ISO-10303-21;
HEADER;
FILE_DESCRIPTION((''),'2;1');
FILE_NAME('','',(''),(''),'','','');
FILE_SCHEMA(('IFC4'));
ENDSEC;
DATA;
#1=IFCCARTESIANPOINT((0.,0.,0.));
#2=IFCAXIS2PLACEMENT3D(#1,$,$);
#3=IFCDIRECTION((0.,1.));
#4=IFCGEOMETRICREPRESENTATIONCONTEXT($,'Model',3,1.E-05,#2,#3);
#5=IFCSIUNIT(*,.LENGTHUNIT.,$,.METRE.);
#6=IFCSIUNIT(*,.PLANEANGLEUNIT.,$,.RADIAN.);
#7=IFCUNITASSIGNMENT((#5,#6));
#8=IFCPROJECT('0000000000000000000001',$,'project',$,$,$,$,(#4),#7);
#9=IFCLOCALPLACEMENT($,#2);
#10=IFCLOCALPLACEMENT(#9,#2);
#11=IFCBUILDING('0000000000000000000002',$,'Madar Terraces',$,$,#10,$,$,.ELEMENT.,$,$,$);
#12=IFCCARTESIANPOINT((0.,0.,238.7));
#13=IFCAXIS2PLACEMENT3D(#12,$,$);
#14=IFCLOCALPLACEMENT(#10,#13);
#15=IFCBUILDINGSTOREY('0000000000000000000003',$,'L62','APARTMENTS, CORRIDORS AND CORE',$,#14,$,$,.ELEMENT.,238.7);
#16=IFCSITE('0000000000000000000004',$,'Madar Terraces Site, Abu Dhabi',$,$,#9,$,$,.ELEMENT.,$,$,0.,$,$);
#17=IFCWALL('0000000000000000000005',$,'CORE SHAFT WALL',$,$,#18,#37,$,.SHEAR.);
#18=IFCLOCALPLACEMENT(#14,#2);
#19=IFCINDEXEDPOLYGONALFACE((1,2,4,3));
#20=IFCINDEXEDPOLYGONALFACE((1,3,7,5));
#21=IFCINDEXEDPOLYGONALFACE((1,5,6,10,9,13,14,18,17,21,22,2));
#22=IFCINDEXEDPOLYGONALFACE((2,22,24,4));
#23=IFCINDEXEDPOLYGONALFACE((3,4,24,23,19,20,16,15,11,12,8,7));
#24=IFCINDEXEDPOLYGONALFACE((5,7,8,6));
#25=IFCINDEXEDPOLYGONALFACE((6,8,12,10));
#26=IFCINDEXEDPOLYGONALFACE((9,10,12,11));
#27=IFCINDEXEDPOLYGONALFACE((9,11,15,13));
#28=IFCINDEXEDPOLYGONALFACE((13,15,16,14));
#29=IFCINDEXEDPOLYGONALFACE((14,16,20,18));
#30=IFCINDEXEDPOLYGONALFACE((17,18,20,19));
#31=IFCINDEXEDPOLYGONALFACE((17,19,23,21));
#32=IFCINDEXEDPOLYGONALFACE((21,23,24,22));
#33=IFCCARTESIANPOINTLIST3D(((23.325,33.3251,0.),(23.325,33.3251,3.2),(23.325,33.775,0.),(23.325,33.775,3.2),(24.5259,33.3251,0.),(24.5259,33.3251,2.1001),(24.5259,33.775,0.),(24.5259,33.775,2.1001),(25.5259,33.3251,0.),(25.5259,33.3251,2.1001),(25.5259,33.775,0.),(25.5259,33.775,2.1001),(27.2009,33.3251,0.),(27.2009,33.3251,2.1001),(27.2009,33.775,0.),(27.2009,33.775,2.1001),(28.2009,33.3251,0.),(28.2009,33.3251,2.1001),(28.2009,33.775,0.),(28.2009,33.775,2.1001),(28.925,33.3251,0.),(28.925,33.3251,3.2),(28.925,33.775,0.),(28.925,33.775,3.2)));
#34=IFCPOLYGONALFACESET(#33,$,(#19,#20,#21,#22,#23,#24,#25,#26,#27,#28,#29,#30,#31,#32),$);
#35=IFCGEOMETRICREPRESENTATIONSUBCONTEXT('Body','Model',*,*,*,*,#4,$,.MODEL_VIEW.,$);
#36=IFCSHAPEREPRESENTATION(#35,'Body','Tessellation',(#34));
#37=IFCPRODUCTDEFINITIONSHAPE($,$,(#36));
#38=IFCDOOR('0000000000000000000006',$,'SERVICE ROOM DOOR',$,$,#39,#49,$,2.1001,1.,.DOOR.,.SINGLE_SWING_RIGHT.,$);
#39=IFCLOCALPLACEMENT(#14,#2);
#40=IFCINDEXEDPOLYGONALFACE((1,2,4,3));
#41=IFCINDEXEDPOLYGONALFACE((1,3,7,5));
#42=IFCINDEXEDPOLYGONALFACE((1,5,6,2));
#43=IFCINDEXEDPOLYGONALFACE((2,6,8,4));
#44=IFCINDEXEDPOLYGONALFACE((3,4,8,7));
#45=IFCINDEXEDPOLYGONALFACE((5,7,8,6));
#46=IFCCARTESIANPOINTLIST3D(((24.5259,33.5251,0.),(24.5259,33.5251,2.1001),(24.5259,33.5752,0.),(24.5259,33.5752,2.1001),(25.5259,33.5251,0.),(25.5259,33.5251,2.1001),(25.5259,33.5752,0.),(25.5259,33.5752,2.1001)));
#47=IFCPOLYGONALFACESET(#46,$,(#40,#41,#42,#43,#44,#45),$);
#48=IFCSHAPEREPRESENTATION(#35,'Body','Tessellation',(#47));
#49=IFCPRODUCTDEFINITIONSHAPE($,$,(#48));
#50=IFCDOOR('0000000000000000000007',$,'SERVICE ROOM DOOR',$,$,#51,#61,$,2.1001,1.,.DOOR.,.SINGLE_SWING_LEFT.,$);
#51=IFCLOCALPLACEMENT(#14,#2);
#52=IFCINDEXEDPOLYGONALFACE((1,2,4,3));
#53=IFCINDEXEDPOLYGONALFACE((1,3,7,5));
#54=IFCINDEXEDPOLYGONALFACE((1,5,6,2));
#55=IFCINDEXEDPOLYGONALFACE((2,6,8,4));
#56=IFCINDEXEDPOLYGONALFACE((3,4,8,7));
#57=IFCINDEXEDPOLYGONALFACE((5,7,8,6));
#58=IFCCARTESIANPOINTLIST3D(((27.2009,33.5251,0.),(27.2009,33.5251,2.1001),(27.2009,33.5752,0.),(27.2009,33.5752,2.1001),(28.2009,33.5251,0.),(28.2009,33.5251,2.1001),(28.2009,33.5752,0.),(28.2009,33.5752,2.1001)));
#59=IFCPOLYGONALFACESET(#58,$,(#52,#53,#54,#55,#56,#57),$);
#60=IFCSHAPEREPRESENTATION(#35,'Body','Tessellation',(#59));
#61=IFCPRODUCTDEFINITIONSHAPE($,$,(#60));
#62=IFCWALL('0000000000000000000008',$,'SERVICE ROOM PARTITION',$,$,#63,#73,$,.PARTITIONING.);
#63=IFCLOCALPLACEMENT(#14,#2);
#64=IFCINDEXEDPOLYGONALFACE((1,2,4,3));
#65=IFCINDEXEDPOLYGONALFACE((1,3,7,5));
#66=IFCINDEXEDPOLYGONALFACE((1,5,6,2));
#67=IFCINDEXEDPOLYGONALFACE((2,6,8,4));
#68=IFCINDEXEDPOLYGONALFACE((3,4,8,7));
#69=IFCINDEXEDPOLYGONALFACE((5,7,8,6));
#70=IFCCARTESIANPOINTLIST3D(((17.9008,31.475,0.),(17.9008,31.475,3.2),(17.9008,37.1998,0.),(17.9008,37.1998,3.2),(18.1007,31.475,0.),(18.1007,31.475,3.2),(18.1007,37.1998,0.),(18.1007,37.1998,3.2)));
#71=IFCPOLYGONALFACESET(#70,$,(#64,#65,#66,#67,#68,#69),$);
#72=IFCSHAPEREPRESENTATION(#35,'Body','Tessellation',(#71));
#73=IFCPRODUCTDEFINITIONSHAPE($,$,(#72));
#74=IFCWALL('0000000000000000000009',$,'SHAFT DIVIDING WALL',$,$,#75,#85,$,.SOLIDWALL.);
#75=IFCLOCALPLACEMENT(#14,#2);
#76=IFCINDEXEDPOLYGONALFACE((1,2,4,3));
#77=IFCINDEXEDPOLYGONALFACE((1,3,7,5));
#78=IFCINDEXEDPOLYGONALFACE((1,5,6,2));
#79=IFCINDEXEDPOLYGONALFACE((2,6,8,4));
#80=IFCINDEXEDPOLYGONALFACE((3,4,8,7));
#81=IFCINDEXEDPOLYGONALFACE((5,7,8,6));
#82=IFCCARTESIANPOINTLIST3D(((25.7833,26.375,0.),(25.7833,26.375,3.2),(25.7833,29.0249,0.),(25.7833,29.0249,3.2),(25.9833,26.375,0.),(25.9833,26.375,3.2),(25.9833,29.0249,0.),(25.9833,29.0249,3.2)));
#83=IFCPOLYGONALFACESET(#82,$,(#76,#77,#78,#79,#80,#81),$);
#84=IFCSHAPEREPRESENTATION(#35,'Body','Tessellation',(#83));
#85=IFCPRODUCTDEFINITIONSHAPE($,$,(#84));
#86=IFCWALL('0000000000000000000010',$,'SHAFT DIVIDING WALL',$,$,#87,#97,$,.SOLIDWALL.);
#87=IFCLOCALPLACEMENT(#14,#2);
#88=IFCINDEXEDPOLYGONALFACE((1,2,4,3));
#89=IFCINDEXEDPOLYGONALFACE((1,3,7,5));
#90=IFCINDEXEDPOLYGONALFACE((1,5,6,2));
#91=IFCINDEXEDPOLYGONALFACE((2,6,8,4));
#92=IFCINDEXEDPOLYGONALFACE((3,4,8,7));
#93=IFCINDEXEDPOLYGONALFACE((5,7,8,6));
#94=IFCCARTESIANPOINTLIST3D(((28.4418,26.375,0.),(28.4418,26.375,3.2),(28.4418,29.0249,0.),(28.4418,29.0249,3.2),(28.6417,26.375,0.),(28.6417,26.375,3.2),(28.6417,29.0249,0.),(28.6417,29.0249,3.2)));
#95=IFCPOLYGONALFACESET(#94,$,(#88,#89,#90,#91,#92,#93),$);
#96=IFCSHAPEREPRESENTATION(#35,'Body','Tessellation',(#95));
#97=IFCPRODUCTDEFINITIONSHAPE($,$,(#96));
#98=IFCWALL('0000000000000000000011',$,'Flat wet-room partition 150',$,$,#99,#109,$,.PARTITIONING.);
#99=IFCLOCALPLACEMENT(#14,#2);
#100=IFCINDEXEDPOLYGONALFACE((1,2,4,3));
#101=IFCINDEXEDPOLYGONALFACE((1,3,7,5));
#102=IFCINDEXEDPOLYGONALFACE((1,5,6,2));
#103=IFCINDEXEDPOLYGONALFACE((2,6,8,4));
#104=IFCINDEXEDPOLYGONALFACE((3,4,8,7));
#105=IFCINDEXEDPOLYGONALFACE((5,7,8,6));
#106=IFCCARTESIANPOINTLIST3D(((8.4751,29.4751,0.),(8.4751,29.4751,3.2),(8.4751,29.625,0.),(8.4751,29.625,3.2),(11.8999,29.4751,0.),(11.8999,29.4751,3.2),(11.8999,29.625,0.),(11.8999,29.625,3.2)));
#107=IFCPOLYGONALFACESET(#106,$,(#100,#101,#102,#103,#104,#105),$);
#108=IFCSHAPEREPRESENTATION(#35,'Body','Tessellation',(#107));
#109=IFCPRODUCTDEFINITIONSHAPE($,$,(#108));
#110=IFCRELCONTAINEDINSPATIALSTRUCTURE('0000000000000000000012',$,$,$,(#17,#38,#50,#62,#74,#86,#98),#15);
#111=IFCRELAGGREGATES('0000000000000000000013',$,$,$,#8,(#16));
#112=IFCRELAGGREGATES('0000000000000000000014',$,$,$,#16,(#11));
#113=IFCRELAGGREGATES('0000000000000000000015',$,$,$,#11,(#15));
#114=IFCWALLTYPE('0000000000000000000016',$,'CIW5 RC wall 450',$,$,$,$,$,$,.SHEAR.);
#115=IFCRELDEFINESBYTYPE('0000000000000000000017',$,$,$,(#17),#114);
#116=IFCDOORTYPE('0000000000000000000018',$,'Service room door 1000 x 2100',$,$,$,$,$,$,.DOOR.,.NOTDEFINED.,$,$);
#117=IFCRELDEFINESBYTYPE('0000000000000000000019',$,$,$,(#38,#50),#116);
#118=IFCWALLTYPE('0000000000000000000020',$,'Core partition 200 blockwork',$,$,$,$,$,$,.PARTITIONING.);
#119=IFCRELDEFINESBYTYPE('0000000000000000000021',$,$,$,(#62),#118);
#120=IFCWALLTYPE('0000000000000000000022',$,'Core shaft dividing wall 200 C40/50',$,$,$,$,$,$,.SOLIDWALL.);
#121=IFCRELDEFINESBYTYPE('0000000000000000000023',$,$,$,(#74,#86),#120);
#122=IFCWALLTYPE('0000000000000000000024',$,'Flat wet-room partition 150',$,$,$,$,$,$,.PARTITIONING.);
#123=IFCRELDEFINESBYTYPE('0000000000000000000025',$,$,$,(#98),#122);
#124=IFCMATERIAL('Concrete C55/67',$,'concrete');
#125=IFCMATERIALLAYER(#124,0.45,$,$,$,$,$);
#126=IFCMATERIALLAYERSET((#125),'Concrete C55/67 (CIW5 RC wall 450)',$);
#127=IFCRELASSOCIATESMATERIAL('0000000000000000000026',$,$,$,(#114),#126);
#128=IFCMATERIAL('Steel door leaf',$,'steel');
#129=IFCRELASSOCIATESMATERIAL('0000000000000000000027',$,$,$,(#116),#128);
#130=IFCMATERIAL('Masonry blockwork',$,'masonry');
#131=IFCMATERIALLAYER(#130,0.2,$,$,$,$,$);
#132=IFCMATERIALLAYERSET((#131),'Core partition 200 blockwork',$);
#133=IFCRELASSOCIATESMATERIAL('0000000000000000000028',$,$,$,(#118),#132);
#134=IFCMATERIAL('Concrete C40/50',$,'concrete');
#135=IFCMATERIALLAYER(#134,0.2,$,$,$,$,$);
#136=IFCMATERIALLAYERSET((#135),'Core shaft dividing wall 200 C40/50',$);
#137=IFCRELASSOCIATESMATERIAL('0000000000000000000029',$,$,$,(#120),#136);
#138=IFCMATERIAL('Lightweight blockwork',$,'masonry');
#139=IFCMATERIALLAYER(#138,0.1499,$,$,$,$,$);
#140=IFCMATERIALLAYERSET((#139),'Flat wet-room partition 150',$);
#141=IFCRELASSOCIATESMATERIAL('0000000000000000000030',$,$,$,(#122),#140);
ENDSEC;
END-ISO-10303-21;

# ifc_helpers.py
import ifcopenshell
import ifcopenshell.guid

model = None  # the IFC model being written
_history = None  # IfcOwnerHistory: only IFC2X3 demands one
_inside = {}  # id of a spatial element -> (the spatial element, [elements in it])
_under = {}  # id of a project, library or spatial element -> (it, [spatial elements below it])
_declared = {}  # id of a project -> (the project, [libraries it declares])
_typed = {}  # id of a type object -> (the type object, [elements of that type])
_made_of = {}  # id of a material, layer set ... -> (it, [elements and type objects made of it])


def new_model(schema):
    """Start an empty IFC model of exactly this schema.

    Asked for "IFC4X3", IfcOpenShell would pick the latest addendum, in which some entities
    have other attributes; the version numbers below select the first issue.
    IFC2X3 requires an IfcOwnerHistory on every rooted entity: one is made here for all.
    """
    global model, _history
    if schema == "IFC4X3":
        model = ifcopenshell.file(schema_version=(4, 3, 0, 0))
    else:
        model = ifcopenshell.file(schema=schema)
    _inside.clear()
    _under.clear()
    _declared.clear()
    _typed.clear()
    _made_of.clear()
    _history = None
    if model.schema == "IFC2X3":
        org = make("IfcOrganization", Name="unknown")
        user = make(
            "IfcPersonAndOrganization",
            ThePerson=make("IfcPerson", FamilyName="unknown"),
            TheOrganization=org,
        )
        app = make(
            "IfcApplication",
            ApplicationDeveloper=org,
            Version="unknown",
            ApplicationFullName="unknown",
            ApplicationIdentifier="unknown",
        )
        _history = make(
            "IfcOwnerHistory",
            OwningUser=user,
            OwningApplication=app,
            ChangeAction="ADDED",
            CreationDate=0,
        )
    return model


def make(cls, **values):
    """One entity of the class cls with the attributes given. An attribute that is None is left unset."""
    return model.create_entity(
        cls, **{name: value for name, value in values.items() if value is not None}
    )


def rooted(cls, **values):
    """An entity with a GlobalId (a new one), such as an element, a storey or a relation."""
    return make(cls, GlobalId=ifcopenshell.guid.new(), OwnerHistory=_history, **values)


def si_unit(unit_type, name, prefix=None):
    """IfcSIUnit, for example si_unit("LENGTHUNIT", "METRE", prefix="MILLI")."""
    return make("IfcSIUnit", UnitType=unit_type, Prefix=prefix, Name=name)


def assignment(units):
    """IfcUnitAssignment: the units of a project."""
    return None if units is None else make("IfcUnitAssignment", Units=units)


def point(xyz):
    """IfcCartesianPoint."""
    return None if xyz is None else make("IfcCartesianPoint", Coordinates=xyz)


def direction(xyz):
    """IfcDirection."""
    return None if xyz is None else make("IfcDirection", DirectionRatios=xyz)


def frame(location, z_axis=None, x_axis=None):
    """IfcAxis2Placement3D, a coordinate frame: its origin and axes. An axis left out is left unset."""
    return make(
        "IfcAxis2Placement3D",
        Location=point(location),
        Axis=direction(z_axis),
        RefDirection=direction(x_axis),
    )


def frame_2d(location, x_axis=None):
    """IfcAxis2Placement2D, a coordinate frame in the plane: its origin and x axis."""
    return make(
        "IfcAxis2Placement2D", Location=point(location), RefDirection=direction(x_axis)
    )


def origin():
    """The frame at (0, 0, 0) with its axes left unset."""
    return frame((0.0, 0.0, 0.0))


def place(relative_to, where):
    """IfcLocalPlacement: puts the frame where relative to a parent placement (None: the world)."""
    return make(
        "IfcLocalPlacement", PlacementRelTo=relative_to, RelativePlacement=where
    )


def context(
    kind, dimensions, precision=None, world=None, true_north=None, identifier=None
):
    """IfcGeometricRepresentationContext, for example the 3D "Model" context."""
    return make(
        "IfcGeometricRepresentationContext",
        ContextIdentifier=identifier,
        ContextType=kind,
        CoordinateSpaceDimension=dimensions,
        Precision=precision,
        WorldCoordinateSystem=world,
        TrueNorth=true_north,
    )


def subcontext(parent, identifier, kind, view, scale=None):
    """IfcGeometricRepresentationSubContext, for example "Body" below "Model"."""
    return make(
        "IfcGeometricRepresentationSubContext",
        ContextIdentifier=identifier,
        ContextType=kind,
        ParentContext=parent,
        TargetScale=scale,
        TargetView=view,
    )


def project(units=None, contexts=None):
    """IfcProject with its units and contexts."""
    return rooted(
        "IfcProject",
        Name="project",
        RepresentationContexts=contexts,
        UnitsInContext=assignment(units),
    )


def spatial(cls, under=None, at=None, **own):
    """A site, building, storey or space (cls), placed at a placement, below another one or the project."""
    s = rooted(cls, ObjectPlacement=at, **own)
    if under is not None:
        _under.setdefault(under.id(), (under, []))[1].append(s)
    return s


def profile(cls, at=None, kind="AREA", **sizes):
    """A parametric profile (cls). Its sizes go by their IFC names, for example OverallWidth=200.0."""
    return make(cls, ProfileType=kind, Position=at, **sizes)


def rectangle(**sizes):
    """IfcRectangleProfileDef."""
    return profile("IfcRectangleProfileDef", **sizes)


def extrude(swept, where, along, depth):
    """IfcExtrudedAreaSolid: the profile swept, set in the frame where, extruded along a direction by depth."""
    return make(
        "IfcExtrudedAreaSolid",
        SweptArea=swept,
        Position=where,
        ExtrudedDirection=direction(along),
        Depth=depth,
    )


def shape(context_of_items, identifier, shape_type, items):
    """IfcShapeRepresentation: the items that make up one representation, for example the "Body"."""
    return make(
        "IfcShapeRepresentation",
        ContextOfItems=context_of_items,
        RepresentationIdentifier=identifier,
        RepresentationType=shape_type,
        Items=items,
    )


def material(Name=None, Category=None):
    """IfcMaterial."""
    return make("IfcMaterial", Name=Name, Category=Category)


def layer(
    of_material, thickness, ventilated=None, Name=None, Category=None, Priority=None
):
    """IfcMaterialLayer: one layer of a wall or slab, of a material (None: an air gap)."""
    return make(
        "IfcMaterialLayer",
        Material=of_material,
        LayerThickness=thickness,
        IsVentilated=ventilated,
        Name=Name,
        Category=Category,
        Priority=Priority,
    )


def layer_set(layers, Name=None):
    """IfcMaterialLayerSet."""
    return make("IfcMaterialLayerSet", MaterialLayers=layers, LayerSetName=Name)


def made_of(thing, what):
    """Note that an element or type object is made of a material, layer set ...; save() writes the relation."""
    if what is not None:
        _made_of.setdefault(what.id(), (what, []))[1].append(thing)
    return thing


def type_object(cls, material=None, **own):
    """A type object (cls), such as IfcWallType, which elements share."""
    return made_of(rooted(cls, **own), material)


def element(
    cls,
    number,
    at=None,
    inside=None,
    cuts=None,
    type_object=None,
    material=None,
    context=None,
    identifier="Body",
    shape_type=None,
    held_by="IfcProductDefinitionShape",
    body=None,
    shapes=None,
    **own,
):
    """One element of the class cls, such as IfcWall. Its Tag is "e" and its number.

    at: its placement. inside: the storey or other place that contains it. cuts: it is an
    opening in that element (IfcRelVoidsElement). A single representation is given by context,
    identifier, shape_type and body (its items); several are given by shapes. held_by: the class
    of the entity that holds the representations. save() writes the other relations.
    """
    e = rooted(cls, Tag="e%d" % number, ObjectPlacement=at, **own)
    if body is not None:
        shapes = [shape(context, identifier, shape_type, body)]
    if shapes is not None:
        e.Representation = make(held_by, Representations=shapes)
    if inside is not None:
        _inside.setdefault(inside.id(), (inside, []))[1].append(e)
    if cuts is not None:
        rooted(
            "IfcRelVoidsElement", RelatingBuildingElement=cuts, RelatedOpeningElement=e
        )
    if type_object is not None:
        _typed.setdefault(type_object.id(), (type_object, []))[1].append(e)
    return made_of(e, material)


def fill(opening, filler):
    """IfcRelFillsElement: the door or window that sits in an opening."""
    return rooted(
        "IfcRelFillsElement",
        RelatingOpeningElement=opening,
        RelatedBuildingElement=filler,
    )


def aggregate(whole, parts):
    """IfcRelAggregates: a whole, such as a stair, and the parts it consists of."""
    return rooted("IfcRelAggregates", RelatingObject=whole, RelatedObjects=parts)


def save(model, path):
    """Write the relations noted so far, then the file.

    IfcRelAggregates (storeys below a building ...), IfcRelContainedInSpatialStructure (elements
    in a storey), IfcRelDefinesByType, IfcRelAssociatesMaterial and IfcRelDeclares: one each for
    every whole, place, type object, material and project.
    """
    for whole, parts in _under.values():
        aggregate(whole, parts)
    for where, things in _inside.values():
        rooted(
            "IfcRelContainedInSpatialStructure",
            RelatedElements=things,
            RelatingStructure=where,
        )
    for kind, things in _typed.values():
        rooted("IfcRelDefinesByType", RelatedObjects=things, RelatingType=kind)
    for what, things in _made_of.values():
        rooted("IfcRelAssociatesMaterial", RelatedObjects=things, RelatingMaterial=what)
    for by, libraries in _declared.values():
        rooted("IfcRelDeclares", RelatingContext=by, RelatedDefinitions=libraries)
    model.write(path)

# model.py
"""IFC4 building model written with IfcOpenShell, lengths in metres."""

from ifc_helpers import new_model, si_unit, direction, frame, frame_2d, origin, place, context, subcontext, project, spatial, rectangle, extrude, material, layer, layer_set, type_object, element, fill, save


model = new_model("IFC4")

# Units and contexts
model_context = context("Model", 3, precision=1e-05, world=origin(), true_north=direction((0.0, 1.0)))
body_context = subcontext(model_context, "Body", "Model", "MODEL_VIEW")
ifc_project = project(units=[si_unit("LENGTHUNIT", "METRE"), si_unit("PLANEANGLEUNIT", "RADIAN")], contexts=[model_context])

# Site, building, storey
site_placement = place(None, origin())
site = spatial("IfcSite", under=ifc_project, at=site_placement, Name="Madar Terraces Site, Abu Dhabi", CompositionType="ELEMENT", RefElevation=0.0)
building_placement = place(site_placement, origin())
building = spatial("IfcBuilding", under=site, at=building_placement, Name="Madar Terraces", CompositionType="ELEMENT")
storey_placement = place(building_placement, frame((0.0, 0.0, 238.7)))
storey = spatial("IfcBuildingStorey", under=building, at=storey_placement, Name="L62", Description="APARTMENTS, CORRIDORS AND CORE", CompositionType="ELEMENT", Elevation=238.7)

# Shared definitions
ifc_material_1 = material(Name="Concrete C55/67", Category="concrete")
ifc_layer_1 = layer(ifc_material_1, 0.45)
ifc_layer_set_1 = layer_set([ifc_layer_1], Name="Concrete C55/67 (CIW5 RC wall 450)")
wall_type_1 = type_object("IfcWallType", Name="CIW5 RC wall 450", PredefinedType="SHEAR", material=ifc_layer_set_1)

# Wall, openings, doors
wall_1_placement = place(storey_placement, frame((23.325, 33.55, 0.0), z_axis=(0.0, 0.0, 1.0), x_axis=(1.0, 0.0, 0.0)))
wall_1 = element("IfcWall", 1, at=wall_1_placement, inside=storey, type_object=wall_type_1, Name="CORE SHAFT WALL", PredefinedType="SHEAR", context=body_context, shape_type="SweptSolid", body=[
    extrude(rectangle(XDim=5.6001, YDim=0.45, at=frame_2d((2.8, 0.0))), origin(), (0.0, 0.0, 1.0), 3.2),
])
opening_1_placement = place(wall_1_placement, frame((1.2009, 0.0, 0.0)))
opening_1 = element("IfcOpeningElement", 2, at=opening_1_placement, cuts=wall_1, PredefinedType="OPENING", context=body_context, shape_type="SweptSolid", body=[
    extrude(rectangle(XDim=1.0, YDim=2.1001, at=frame_2d((0.5, 1.05))), frame((0.0, 0.2349, 0.0), z_axis=(0.0, -1.0, 0.0), x_axis=(1.0, 0.0, 0.0)), (0.0, 0.0, 1.0), 0.47),
])
opening_2_placement = place(wall_1_placement, frame((3.876, 0.0, 0.0)))
opening_2 = element("IfcOpeningElement", 3, at=opening_2_placement, cuts=wall_1, PredefinedType="OPENING", context=body_context, shape_type="SweptSolid", body=[
    extrude(rectangle(XDim=1.0, YDim=2.1001, at=frame_2d((0.5, 1.05))), frame((0.0, 0.2349, 0.0), z_axis=(0.0, -1.0, 0.0), x_axis=(1.0, 0.0, 0.0)), (0.0, 0.0, 1.0), 0.47),
])
ifc_material_2 = material(Name="Steel door leaf", Category="steel")
door_type_1 = type_object("IfcDoorType", Name="Service room door 1000 x 2100", OperationType="NOTDEFINED", PredefinedType="DOOR", material=ifc_material_2)
door_1_placement = place(opening_1_placement, frame((1.0, 0.0, 0.0), z_axis=(0.0, 0.0, 1.0), x_axis=(-1.0, 0.0, 0.0)))
door_1 = element("IfcDoor", 4, at=door_1_placement, inside=storey, type_object=door_type_1, Name="SERVICE ROOM DOOR", OperationType="SINGLE_SWING_RIGHT", OverallHeight=2.1001, OverallWidth=1.0, PredefinedType="DOOR", context=body_context, shape_type="SweptSolid", body=[
    extrude(rectangle(XDim=1.0, YDim=2.1001, at=frame_2d((0.5, 1.05))), frame((0.0, 0.0249, 0.0), z_axis=(0.0, -1.0, 0.0), x_axis=(1.0, 0.0, 0.0)), (0.0, 0.0, 1.0), 0.05),
])
fill(opening_1, door_1)
door_2_placement = place(opening_2_placement, frame((1.0, 0.0, 0.0), z_axis=(0.0, 0.0, 1.0), x_axis=(-1.0, 0.0, 0.0)))
door_2 = element("IfcDoor", 5, at=door_2_placement, inside=storey, type_object=door_type_1, Name="SERVICE ROOM DOOR", OperationType="SINGLE_SWING_LEFT", OverallHeight=2.1001, OverallWidth=1.0, PredefinedType="DOOR", context=body_context, shape_type="SweptSolid", body=[
    extrude(rectangle(XDim=1.0, YDim=2.1001, at=frame_2d((0.5, 1.05))), frame((0.0, 0.0249, 0.0), z_axis=(0.0, -1.0, 0.0), x_axis=(1.0, 0.0, 0.0)), (0.0, 0.0, 1.0), 0.05),
])
fill(opening_2, door_2)

# Walls
ifc_material_3 = material(Name="Masonry blockwork", Category="masonry")
ifc_layer_2 = layer(ifc_material_3, 0.2)
ifc_layer_set_2 = layer_set([ifc_layer_2], Name="Core partition 200 blockwork")
wall_type_2 = type_object("IfcWallType", Name="Core partition 200 blockwork", PredefinedType="PARTITIONING", material=ifc_layer_set_2)
wall_2_placement = place(storey_placement, frame((18.0007, 31.4751, 0.0), z_axis=(0.0, 0.0, 1.0), x_axis=(0.0, 1.0, 0.0)))
element("IfcWall", 6, at=wall_2_placement, inside=storey, type_object=wall_type_2, Name="SERVICE ROOM PARTITION", PredefinedType="PARTITIONING", context=body_context, shape_type="SweptSolid", body=[
    extrude(rectangle(XDim=5.7249, YDim=0.2, at=frame_2d((2.8623, 0.0))), origin(), (0.0, 0.0, 1.0), 3.2),
])
ifc_material_4 = material(Name="Concrete C40/50", Category="concrete")
ifc_layer_3 = layer(ifc_material_4, 0.2)
ifc_layer_set_3 = layer_set([ifc_layer_3], Name="Core shaft dividing wall 200 C40/50")
wall_type_3 = type_object("IfcWallType", Name="Core shaft dividing wall 200 C40/50", PredefinedType="SOLIDWALL", material=ifc_layer_set_3)
for number, where, z_axis, x_axis, name in (
    (7, (25.8833, 26.375, 0.0), (0.0, 0.0, 1.0), (0.0, 1.0, 0.0), "SHAFT DIVIDING WALL"),
    (8, (28.5417, 26.375, 0.0), (0.0, 0.0, 1.0), (0.0, 1.0, 0.0), "SHAFT DIVIDING WALL"),
):
    element("IfcWall", number, at=place(storey_placement, frame(where, z_axis=z_axis, x_axis=x_axis)), inside=storey, type_object=wall_type_3, Name=name, PredefinedType="SOLIDWALL", context=body_context, shape_type="SweptSolid", body=[
        extrude(rectangle(XDim=2.6499, YDim=0.2, at=frame_2d((1.325, 0.0))), origin(), (0.0, 0.0, 1.0), 3.2),
    ])
ifc_material_5 = material(Name="Lightweight blockwork", Category="masonry")
ifc_layer_4 = layer(ifc_material_5, 0.1499)
ifc_layer_set_4 = layer_set([ifc_layer_4], Name="Flat wet-room partition 150")
wall_type_4 = type_object("IfcWallType", Name="Flat wet-room partition 150", PredefinedType="PARTITIONING", material=ifc_layer_set_4)
wall_3_placement = place(storey_placement, frame((11.8999, 29.55, 0.0), z_axis=(0.0, 0.0, 1.0), x_axis=(-1.0, 0.0, 0.0)))
element("IfcWall", 9, at=wall_3_placement, inside=storey, type_object=wall_type_4, Name="Flat wet-room partition 150", PredefinedType="PARTITIONING", context=body_context, shape_type="SweptSolid", body=[
    extrude(rectangle(XDim=3.4248, YDim=0.1499, at=frame_2d((1.7124, 0.0))), origin(), (0.0, 0.0, 1.0), 3.2),
])

save(model, "model.ifc")
